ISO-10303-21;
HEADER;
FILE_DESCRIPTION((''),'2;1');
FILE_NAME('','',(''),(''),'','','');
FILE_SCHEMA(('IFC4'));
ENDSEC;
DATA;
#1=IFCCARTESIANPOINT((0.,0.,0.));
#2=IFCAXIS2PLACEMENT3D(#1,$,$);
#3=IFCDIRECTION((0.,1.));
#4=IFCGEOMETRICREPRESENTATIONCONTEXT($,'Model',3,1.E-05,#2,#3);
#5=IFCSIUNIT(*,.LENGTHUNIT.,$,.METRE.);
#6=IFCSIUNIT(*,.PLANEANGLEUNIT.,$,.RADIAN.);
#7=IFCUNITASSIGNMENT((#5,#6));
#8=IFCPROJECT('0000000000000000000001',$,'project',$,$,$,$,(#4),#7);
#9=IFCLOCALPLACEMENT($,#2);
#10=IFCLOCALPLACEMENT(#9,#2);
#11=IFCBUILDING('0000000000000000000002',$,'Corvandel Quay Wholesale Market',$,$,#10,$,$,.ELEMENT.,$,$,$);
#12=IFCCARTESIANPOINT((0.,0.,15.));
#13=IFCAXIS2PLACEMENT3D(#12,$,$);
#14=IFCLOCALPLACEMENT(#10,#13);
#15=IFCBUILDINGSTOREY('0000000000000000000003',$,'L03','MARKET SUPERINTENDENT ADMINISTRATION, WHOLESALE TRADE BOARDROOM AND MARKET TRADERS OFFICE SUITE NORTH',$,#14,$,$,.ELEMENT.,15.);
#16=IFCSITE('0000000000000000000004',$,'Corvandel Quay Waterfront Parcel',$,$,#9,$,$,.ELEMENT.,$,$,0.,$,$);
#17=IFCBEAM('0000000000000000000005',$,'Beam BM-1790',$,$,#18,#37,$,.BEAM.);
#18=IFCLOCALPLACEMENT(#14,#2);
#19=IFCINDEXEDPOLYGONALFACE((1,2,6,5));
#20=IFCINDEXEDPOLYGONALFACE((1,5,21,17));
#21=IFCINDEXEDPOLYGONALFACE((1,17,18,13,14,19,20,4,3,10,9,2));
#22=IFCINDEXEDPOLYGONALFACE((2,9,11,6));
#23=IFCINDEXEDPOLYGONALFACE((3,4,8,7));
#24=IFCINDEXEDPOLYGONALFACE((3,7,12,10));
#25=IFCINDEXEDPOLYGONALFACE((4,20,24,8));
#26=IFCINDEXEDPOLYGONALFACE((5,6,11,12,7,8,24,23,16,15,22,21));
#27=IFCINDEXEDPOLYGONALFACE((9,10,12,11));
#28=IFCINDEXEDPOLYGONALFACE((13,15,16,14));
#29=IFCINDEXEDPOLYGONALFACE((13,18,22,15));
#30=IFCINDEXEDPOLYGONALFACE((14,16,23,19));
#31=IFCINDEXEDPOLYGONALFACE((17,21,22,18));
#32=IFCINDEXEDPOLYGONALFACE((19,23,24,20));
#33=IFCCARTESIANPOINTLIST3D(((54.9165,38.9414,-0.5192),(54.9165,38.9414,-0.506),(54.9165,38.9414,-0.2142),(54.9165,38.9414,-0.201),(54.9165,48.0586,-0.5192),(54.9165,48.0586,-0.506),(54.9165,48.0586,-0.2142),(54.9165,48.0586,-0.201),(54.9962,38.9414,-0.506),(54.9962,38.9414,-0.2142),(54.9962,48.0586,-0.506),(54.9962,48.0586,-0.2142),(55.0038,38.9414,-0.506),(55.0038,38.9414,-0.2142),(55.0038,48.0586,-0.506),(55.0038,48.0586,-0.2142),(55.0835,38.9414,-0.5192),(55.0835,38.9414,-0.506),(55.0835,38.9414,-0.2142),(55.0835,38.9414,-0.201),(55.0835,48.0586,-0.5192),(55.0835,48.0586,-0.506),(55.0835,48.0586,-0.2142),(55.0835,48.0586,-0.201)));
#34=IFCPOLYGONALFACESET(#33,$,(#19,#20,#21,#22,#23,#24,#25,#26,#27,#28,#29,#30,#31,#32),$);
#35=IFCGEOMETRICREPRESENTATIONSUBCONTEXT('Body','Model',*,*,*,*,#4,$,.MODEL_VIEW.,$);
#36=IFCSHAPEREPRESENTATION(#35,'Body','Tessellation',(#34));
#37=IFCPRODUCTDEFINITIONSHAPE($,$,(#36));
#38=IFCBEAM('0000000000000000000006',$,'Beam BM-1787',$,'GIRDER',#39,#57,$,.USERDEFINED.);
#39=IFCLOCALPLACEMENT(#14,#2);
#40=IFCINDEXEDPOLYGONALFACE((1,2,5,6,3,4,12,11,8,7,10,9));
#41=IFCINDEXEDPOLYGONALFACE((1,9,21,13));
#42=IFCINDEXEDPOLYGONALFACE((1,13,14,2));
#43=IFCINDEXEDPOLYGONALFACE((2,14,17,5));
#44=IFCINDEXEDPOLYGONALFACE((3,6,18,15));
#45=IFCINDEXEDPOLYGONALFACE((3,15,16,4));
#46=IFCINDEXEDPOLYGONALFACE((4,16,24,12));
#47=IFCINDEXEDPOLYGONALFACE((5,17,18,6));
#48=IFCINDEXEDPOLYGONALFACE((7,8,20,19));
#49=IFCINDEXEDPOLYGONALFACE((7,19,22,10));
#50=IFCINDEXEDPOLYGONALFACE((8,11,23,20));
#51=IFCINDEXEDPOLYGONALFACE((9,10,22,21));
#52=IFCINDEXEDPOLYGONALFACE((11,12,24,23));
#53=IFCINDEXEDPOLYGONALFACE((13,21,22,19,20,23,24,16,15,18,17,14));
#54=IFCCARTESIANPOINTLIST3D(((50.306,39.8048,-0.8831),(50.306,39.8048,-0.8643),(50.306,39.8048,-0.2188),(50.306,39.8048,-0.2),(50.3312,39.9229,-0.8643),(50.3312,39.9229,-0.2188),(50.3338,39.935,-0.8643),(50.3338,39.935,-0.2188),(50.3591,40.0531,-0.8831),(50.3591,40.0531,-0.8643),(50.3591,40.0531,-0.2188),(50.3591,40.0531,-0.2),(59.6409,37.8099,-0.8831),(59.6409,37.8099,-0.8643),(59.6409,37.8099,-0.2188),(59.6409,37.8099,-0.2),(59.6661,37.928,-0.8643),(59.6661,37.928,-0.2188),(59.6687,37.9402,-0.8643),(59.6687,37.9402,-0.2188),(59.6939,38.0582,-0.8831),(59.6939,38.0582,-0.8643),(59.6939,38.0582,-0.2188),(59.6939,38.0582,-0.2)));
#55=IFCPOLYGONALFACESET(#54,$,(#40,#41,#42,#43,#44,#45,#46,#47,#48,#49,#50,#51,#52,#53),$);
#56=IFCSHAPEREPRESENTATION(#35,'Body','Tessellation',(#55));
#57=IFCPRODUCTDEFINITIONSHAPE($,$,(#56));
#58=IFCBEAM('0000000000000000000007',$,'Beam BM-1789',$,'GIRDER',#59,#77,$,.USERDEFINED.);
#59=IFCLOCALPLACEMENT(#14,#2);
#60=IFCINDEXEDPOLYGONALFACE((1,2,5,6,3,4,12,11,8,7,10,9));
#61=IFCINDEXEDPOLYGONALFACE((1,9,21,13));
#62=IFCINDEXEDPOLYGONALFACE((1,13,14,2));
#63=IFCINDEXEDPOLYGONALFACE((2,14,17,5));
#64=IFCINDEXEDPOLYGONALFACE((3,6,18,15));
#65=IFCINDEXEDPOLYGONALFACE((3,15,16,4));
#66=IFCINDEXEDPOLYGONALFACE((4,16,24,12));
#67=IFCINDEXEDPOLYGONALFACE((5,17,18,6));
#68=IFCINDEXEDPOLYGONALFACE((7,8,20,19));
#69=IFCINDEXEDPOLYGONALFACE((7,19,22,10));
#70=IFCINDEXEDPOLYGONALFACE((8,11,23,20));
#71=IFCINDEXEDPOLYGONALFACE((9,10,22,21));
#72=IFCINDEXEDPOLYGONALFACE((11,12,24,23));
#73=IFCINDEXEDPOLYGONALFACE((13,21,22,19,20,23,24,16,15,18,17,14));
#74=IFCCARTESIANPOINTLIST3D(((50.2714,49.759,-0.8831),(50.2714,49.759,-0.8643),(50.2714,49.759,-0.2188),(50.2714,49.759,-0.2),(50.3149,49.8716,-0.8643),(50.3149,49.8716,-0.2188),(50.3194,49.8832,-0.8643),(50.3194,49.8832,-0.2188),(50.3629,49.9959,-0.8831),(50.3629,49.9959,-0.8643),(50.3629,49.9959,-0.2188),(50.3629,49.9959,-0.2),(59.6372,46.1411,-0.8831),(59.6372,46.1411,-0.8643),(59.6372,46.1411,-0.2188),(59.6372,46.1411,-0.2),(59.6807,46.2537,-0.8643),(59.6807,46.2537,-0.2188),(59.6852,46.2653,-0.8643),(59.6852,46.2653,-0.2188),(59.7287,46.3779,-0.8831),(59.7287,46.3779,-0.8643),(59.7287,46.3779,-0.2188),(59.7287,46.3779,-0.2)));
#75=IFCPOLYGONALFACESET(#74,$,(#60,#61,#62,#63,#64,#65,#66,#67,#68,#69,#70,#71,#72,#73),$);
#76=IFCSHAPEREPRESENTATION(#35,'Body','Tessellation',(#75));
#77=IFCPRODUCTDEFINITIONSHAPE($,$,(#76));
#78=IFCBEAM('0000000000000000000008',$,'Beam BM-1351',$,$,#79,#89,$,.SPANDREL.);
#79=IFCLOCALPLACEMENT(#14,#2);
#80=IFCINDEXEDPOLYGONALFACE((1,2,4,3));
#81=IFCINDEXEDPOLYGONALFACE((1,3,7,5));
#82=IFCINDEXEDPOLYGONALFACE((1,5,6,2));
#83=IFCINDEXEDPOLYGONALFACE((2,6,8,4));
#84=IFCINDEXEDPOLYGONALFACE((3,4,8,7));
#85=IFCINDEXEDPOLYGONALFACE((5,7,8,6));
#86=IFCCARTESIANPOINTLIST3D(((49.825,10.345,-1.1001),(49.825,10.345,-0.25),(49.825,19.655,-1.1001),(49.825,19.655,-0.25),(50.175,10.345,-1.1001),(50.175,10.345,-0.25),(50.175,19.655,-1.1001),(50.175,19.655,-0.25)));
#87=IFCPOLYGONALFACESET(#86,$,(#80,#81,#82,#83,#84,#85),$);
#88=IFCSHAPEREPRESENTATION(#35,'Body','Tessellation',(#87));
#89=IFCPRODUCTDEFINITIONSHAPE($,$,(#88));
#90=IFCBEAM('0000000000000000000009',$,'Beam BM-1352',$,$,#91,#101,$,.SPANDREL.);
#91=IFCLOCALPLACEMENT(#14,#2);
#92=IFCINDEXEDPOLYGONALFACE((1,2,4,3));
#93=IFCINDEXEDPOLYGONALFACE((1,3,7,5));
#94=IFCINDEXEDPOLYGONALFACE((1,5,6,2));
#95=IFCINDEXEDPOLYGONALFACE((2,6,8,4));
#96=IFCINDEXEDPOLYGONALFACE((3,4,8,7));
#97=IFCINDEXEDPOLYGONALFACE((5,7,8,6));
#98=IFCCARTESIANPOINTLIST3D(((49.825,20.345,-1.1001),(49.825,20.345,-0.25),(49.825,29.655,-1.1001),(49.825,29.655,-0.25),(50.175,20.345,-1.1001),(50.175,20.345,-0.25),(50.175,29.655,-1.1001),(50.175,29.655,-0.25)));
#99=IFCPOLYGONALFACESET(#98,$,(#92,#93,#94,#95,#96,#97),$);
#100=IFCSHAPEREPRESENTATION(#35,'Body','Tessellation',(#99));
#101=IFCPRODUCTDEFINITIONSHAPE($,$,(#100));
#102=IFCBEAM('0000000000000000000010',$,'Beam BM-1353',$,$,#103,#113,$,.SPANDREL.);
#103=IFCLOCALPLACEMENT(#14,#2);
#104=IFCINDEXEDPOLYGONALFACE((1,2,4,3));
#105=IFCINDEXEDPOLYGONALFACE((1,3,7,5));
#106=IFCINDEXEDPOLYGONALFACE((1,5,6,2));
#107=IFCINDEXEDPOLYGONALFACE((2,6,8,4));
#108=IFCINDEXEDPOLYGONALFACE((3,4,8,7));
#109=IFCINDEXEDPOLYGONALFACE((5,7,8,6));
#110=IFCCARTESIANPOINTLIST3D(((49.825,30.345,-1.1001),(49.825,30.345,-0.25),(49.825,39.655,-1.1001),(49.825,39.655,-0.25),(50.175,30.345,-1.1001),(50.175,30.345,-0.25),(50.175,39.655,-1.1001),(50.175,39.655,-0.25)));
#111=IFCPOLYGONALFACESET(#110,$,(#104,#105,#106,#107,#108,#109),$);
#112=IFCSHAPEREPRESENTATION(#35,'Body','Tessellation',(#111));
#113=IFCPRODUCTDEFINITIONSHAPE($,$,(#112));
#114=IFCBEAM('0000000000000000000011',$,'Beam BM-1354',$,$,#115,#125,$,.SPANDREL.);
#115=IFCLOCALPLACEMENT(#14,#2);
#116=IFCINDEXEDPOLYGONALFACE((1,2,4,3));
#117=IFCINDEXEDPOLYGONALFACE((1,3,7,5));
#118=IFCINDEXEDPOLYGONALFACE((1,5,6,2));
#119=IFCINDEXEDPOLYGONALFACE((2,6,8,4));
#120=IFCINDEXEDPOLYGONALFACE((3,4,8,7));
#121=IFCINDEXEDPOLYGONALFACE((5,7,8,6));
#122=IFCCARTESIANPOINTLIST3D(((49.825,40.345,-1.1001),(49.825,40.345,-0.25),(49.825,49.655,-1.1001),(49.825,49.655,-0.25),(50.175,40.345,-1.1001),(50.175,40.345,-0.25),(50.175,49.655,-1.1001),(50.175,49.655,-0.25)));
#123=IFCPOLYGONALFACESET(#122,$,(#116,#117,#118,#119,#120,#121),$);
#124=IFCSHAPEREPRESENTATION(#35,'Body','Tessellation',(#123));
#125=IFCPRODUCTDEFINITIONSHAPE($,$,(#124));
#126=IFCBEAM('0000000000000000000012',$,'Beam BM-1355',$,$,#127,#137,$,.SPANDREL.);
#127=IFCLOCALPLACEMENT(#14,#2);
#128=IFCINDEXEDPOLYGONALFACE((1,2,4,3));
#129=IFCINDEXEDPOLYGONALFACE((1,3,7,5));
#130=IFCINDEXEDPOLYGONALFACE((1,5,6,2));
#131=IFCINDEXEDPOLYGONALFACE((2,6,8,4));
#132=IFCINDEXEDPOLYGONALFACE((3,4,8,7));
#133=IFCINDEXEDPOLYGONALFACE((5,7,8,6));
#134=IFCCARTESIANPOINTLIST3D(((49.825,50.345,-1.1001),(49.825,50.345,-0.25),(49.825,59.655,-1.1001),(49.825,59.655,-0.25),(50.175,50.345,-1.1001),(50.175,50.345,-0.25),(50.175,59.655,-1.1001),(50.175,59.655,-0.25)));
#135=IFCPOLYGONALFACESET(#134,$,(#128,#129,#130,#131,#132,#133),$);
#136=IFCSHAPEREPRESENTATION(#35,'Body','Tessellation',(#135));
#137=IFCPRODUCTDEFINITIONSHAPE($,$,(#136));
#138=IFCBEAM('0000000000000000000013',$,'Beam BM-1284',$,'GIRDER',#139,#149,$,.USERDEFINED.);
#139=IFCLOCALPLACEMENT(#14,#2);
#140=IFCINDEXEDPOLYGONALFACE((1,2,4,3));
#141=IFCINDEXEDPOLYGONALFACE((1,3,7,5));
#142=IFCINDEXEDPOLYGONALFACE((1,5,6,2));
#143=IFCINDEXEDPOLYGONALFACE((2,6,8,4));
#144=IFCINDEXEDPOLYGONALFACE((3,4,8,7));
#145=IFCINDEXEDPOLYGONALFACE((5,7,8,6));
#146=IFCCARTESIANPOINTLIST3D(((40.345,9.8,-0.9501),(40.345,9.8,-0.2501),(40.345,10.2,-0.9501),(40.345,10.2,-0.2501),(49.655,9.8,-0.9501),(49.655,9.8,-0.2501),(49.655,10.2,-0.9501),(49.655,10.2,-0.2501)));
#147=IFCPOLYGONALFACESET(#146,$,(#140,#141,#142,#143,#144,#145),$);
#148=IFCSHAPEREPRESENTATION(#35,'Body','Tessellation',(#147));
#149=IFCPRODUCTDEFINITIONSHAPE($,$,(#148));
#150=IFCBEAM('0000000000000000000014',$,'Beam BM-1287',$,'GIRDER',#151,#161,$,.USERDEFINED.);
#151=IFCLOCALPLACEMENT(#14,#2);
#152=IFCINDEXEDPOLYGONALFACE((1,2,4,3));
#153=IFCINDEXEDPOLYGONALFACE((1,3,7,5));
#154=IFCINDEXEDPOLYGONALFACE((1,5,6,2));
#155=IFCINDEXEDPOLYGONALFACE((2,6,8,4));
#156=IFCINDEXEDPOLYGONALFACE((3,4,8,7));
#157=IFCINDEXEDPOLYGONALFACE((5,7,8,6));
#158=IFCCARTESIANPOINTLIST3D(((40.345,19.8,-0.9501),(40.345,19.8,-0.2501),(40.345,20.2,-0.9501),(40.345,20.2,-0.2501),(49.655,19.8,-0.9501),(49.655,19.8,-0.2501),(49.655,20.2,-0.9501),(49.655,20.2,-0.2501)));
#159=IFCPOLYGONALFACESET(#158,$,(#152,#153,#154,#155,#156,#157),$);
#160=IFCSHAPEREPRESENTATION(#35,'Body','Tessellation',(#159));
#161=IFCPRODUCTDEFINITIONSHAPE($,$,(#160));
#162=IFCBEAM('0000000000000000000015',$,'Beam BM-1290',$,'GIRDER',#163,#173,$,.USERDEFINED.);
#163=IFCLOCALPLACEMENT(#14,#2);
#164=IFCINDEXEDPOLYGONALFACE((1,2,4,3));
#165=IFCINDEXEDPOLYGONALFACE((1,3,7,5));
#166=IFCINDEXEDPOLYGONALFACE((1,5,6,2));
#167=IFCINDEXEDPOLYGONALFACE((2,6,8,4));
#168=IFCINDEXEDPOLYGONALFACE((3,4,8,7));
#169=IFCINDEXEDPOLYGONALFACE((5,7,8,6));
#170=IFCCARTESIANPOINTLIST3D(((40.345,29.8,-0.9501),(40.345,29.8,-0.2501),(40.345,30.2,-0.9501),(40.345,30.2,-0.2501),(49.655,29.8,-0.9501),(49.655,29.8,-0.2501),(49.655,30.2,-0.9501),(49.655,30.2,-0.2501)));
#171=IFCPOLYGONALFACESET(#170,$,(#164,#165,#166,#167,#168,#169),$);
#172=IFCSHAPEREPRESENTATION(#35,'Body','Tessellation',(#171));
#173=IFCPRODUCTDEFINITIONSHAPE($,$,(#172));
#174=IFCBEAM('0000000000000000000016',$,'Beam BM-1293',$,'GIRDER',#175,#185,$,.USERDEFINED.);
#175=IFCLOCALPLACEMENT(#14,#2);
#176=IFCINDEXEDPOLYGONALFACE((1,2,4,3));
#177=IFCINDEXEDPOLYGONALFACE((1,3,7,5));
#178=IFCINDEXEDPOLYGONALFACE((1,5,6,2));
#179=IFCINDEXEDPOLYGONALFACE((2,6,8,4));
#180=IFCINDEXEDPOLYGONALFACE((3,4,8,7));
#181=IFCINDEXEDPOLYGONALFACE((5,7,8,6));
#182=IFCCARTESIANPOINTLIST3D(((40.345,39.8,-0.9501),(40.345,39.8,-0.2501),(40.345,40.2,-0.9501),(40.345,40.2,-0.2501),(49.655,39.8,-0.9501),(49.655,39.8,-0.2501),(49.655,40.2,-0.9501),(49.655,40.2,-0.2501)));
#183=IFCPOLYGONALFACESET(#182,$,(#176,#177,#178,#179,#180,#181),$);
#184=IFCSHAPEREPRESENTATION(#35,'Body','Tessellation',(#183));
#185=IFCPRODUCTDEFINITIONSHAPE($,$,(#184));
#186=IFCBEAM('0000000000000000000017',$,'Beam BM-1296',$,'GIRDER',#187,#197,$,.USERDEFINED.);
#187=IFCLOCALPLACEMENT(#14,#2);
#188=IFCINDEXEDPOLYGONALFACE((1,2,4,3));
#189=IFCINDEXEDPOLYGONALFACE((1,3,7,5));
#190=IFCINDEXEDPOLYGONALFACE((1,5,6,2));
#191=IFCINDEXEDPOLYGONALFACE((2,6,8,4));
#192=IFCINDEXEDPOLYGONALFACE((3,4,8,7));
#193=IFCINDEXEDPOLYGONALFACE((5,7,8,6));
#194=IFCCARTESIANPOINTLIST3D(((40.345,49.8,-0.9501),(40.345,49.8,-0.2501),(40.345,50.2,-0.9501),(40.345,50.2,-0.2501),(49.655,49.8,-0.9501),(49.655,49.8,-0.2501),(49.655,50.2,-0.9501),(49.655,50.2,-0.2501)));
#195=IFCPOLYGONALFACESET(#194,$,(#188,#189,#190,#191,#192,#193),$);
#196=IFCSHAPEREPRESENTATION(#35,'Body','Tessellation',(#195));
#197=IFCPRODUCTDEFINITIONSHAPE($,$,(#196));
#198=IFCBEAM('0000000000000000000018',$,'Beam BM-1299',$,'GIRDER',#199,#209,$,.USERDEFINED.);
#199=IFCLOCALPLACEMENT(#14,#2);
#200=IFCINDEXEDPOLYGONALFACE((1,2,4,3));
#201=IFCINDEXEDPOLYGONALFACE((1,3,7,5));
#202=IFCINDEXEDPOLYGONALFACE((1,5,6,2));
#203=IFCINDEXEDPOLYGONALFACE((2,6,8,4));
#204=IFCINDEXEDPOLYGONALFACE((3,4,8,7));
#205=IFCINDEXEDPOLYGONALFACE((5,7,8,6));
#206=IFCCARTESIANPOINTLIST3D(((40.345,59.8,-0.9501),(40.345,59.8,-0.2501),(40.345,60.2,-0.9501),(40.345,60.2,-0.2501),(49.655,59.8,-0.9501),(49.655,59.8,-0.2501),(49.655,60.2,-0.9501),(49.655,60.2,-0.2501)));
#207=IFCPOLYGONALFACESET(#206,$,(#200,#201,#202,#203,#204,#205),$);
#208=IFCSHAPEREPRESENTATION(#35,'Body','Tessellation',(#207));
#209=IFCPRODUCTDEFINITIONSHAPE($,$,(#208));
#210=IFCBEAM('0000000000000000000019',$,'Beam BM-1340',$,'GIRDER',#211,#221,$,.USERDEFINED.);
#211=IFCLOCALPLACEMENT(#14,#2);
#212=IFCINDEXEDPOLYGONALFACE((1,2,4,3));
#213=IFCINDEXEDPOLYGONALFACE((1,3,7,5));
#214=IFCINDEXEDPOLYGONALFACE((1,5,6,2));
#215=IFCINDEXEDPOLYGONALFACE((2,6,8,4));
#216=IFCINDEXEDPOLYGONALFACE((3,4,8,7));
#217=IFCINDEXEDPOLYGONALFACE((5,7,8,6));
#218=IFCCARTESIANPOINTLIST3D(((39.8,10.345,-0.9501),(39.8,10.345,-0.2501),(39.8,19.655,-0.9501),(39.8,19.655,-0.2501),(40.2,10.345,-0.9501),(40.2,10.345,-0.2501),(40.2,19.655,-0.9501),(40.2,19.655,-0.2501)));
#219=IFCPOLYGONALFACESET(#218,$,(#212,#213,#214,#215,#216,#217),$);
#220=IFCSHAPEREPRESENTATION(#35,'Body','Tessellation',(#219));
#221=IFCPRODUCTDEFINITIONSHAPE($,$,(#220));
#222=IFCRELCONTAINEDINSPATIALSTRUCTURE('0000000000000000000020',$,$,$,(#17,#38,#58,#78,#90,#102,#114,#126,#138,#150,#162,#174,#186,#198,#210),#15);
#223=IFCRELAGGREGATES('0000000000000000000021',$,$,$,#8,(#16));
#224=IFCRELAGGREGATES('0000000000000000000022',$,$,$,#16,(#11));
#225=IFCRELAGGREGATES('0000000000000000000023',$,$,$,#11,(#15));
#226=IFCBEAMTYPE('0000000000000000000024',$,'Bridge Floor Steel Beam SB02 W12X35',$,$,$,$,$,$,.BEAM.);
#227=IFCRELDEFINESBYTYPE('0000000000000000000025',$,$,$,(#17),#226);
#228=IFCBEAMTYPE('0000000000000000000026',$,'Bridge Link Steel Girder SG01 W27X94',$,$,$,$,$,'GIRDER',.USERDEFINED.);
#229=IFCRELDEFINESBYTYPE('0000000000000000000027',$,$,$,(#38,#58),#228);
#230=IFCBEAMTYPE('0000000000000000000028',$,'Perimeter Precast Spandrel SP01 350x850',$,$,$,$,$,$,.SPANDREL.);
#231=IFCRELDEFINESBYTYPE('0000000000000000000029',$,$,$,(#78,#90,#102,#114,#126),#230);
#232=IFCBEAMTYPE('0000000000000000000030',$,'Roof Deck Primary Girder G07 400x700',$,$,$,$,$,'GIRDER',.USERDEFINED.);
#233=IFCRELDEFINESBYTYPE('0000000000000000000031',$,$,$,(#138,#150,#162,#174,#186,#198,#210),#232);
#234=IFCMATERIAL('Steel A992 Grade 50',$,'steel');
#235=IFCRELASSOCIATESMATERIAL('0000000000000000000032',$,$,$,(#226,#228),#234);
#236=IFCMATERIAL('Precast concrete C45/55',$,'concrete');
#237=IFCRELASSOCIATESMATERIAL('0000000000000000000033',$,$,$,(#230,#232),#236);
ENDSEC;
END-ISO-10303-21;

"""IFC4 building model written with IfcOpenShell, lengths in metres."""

from ifc_helpers import new_model, si_unit, direction, frame, origin, origin_2d, place, context, subcontext, project, spatial, rectangle, i_section, extrude, material, material_profile, profile_set, type_object, element, save


model = new_model("IFC4")

# Units and contexts
model_context = context("Model", 3, precision=1e-05, world=origin(), true_north=direction((0.0, 1.0)))
body_context = subcontext(model_context, "Body", "Model", "MODEL_VIEW")
ifc_project = project(units=[si_unit("LENGTHUNIT", "METRE"), si_unit("PLANEANGLEUNIT", "RADIAN")], contexts=[model_context])

# Site, building, storey
site_placement = place(None, origin())
site = spatial("IfcSite", under=ifc_project, at=site_placement, Name="Corvandel Quay Waterfront Parcel", CompositionType="ELEMENT", RefElevation=0.0)
building_placement = place(site_placement, origin())
building = spatial("IfcBuilding", under=site, at=building_placement, Name="Corvandel Quay Wholesale Market", CompositionType="ELEMENT")
storey_placement = place(building_placement, frame((0.0, 0.0, 15.0)))
storey = spatial("IfcBuildingStorey", under=building, at=storey_placement, Name="L03", Description="MARKET SUPERINTENDENT ADMINISTRATION, WHOLESALE TRADE BOARDROOM AND MARKET TRADERS OFFICE SUITE NORTH", CompositionType="ELEMENT", Elevation=15.0)

# Beams
ifc_material_1 = material(Name="Steel A992 Grade 50", Category="steel")
ifc_material_profile_1 = material_profile(ifc_material_1, i_section(OverallWidth=0.167, OverallDepth=0.3181, WebThickness=0.0076, FlangeThickness=0.0132, at=origin_2d()), Name="W12X35")
ifc_profile_set_1 = profile_set([ifc_material_profile_1], Name="Steel A992 Grade 50")
beam_type_1 = type_object("IfcBeamType", Name="Bridge Floor Steel Beam SB02 W12X35", PredefinedType="BEAM", material=ifc_profile_set_1)
beam_1_placement = place(storey_placement, frame((55.0, 38.9414, -0.3601), z_axis=(0.0, 1.0, 0.0), x_axis=(-1.0, 0.0, 0.0)))
element("IfcBeam", 1, at=beam_1_placement, inside=storey, type_object=beam_type_1, Name="Beam BM-1790", PredefinedType="BEAM", context=body_context, shape_type="SweptSolid", body=[
    extrude(i_section(OverallWidth=0.167, OverallDepth=0.3181, WebThickness=0.0076, FlangeThickness=0.0132, at=origin_2d()), origin(), (0.0, 0.0, 1.0), 9.1172),
])
ifc_material_profile_2 = material_profile(ifc_material_1, i_section(OverallWidth=0.2539, OverallDepth=0.6831, WebThickness=0.0125, FlangeThickness=0.0188, at=origin_2d()), Name="W27X94")
ifc_profile_set_2 = profile_set([ifc_material_profile_2], Name="Steel A992 Grade 50")
beam_type_2 = type_object("IfcBeamType", Name="Bridge Link Steel Girder SG01 W27X94", ElementType="GIRDER", PredefinedType="USERDEFINED", material=ifc_profile_set_2)
beam_2_placement = place(storey_placement, frame((50.3325, 39.929, -0.5415), z_axis=(0.97792, -0.208981, 0.0), x_axis=(0.208981, 0.97792, 0.0)))
element("IfcBeam", 2, at=beam_2_placement, inside=storey, type_object=beam_type_2, Name="Beam BM-1787", ObjectType="GIRDER", PredefinedType="USERDEFINED", context=body_context, shape_type="SweptSolid", body=[
    extrude(i_section(OverallWidth=0.2539, OverallDepth=0.6831, WebThickness=0.0125, FlangeThickness=0.0188, at=origin_2d()), origin(), (0.0, 0.0, 1.0), 9.5457),
])
beam_3_placement = place(storey_placement, frame((50.3171, 49.8774, -0.5415), z_axis=(0.93282, -0.360343, 0.0), x_axis=(0.360343, 0.93282, 0.0)))
element("IfcBeam", 3, at=beam_3_placement, inside=storey, type_object=beam_type_2, Name="Beam BM-1789", ObjectType="GIRDER", PredefinedType="USERDEFINED", context=body_context, shape_type="SweptSolid", body=[
    extrude(i_section(OverallWidth=0.2539, OverallDepth=0.6831, WebThickness=0.0125, FlangeThickness=0.0188, at=origin_2d()), origin(), (0.0, 0.0, 1.0), 10.0403),
])
ifc_material_2 = material(Name="Precast concrete C45/55", Category="concrete")
ifc_material_profile_3 = material_profile(ifc_material_2, rectangle(XDim=0.3501, YDim=0.8501, at=origin_2d()), Name="PC-SPN-350x850")
ifc_profile_set_3 = profile_set([ifc_material_profile_3], Name="Precast concrete C45/55")
beam_type_3 = type_object("IfcBeamType", Name="Perimeter Precast Spandrel SP01 350x850", PredefinedType="SPANDREL", material=ifc_profile_set_3)
for number, where, z_axis, x_axis, name in (
    (4, (50.0, 10.345, -0.675), (0.0, 1.0, 0.0), (-1.0, 0.0, 0.0), "Beam BM-1351"),
    (5, (50.0, 20.345, -0.675), (0.0, 1.0, 0.0), (-1.0, 0.0, 0.0), "Beam BM-1352"),
    (6, (50.0, 30.345, -0.675), (0.0, 1.0, 0.0), (-1.0, 0.0, 0.0), "Beam BM-1353"),
    (7, (50.0, 40.345, -0.675), (0.0, 1.0, 0.0), (-1.0, 0.0, 0.0), "Beam BM-1354"),
    (8, (50.0, 50.345, -0.675), (0.0, 1.0, 0.0), (-1.0, 0.0, 0.0), "Beam BM-1355"),
):
    element("IfcBeam", number, at=place(storey_placement, frame(where, z_axis=z_axis, x_axis=x_axis)), inside=storey, type_object=beam_type_3, Name=name, PredefinedType="SPANDREL", context=body_context, shape_type="SweptSolid", body=[
        extrude(rectangle(XDim=0.3501, YDim=0.8501, at=origin_2d()), origin(), (0.0, 0.0, 1.0), 9.3101),
    ])
ifc_material_profile_4 = material_profile(ifc_material_2, rectangle(XDim=0.3999, YDim=0.7, at=origin_2d()), Name="PC-GIR-400x700")
ifc_profile_set_4 = profile_set([ifc_material_profile_4], Name="Precast concrete C45/55")
beam_type_4 = type_object("IfcBeamType", Name="Roof Deck Primary Girder G07 400x700", ElementType="GIRDER", PredefinedType="USERDEFINED", material=ifc_profile_set_4)
for number, where, z_axis, x_axis, name in (
    (9, (40.345, 10.0, -0.6001), (1.0, 0.0, 0.0), (0.0, 1.0, 0.0), "Beam BM-1284"),
    (10, (40.345, 20.0, -0.6001), (1.0, 0.0, 0.0), (0.0, 1.0, 0.0), "Beam BM-1287"),
    (11, (40.345, 30.0, -0.6001), (1.0, 0.0, 0.0), (0.0, 1.0, 0.0), "Beam BM-1290"),
    (12, (40.345, 40.0, -0.6001), (1.0, 0.0, 0.0), (0.0, 1.0, 0.0), "Beam BM-1293"),
    (13, (40.345, 50.0, -0.6001), (1.0, 0.0, 0.0), (0.0, 1.0, 0.0), "Beam BM-1296"),
    (14, (40.345, 60.0, -0.6001), (1.0, 0.0, 0.0), (0.0, 1.0, 0.0), "Beam BM-1299"),
    (15, (40.0, 10.345, -0.6001), (0.0, 1.0, 0.0), (-1.0, 0.0, 0.0), "Beam BM-1340"),
):
    element("IfcBeam", number, at=place(storey_placement, frame(where, z_axis=z_axis, x_axis=x_axis)), inside=storey, type_object=beam_type_4, Name=name, ObjectType="GIRDER", PredefinedType="USERDEFINED", context=body_context, shape_type="SweptSolid", body=[
        extrude(rectangle(XDim=0.3999, YDim=0.7, at=origin_2d()), origin(), (0.0, 0.0, 1.0), 9.3101),
    ])

save(model, "model.ifc")
